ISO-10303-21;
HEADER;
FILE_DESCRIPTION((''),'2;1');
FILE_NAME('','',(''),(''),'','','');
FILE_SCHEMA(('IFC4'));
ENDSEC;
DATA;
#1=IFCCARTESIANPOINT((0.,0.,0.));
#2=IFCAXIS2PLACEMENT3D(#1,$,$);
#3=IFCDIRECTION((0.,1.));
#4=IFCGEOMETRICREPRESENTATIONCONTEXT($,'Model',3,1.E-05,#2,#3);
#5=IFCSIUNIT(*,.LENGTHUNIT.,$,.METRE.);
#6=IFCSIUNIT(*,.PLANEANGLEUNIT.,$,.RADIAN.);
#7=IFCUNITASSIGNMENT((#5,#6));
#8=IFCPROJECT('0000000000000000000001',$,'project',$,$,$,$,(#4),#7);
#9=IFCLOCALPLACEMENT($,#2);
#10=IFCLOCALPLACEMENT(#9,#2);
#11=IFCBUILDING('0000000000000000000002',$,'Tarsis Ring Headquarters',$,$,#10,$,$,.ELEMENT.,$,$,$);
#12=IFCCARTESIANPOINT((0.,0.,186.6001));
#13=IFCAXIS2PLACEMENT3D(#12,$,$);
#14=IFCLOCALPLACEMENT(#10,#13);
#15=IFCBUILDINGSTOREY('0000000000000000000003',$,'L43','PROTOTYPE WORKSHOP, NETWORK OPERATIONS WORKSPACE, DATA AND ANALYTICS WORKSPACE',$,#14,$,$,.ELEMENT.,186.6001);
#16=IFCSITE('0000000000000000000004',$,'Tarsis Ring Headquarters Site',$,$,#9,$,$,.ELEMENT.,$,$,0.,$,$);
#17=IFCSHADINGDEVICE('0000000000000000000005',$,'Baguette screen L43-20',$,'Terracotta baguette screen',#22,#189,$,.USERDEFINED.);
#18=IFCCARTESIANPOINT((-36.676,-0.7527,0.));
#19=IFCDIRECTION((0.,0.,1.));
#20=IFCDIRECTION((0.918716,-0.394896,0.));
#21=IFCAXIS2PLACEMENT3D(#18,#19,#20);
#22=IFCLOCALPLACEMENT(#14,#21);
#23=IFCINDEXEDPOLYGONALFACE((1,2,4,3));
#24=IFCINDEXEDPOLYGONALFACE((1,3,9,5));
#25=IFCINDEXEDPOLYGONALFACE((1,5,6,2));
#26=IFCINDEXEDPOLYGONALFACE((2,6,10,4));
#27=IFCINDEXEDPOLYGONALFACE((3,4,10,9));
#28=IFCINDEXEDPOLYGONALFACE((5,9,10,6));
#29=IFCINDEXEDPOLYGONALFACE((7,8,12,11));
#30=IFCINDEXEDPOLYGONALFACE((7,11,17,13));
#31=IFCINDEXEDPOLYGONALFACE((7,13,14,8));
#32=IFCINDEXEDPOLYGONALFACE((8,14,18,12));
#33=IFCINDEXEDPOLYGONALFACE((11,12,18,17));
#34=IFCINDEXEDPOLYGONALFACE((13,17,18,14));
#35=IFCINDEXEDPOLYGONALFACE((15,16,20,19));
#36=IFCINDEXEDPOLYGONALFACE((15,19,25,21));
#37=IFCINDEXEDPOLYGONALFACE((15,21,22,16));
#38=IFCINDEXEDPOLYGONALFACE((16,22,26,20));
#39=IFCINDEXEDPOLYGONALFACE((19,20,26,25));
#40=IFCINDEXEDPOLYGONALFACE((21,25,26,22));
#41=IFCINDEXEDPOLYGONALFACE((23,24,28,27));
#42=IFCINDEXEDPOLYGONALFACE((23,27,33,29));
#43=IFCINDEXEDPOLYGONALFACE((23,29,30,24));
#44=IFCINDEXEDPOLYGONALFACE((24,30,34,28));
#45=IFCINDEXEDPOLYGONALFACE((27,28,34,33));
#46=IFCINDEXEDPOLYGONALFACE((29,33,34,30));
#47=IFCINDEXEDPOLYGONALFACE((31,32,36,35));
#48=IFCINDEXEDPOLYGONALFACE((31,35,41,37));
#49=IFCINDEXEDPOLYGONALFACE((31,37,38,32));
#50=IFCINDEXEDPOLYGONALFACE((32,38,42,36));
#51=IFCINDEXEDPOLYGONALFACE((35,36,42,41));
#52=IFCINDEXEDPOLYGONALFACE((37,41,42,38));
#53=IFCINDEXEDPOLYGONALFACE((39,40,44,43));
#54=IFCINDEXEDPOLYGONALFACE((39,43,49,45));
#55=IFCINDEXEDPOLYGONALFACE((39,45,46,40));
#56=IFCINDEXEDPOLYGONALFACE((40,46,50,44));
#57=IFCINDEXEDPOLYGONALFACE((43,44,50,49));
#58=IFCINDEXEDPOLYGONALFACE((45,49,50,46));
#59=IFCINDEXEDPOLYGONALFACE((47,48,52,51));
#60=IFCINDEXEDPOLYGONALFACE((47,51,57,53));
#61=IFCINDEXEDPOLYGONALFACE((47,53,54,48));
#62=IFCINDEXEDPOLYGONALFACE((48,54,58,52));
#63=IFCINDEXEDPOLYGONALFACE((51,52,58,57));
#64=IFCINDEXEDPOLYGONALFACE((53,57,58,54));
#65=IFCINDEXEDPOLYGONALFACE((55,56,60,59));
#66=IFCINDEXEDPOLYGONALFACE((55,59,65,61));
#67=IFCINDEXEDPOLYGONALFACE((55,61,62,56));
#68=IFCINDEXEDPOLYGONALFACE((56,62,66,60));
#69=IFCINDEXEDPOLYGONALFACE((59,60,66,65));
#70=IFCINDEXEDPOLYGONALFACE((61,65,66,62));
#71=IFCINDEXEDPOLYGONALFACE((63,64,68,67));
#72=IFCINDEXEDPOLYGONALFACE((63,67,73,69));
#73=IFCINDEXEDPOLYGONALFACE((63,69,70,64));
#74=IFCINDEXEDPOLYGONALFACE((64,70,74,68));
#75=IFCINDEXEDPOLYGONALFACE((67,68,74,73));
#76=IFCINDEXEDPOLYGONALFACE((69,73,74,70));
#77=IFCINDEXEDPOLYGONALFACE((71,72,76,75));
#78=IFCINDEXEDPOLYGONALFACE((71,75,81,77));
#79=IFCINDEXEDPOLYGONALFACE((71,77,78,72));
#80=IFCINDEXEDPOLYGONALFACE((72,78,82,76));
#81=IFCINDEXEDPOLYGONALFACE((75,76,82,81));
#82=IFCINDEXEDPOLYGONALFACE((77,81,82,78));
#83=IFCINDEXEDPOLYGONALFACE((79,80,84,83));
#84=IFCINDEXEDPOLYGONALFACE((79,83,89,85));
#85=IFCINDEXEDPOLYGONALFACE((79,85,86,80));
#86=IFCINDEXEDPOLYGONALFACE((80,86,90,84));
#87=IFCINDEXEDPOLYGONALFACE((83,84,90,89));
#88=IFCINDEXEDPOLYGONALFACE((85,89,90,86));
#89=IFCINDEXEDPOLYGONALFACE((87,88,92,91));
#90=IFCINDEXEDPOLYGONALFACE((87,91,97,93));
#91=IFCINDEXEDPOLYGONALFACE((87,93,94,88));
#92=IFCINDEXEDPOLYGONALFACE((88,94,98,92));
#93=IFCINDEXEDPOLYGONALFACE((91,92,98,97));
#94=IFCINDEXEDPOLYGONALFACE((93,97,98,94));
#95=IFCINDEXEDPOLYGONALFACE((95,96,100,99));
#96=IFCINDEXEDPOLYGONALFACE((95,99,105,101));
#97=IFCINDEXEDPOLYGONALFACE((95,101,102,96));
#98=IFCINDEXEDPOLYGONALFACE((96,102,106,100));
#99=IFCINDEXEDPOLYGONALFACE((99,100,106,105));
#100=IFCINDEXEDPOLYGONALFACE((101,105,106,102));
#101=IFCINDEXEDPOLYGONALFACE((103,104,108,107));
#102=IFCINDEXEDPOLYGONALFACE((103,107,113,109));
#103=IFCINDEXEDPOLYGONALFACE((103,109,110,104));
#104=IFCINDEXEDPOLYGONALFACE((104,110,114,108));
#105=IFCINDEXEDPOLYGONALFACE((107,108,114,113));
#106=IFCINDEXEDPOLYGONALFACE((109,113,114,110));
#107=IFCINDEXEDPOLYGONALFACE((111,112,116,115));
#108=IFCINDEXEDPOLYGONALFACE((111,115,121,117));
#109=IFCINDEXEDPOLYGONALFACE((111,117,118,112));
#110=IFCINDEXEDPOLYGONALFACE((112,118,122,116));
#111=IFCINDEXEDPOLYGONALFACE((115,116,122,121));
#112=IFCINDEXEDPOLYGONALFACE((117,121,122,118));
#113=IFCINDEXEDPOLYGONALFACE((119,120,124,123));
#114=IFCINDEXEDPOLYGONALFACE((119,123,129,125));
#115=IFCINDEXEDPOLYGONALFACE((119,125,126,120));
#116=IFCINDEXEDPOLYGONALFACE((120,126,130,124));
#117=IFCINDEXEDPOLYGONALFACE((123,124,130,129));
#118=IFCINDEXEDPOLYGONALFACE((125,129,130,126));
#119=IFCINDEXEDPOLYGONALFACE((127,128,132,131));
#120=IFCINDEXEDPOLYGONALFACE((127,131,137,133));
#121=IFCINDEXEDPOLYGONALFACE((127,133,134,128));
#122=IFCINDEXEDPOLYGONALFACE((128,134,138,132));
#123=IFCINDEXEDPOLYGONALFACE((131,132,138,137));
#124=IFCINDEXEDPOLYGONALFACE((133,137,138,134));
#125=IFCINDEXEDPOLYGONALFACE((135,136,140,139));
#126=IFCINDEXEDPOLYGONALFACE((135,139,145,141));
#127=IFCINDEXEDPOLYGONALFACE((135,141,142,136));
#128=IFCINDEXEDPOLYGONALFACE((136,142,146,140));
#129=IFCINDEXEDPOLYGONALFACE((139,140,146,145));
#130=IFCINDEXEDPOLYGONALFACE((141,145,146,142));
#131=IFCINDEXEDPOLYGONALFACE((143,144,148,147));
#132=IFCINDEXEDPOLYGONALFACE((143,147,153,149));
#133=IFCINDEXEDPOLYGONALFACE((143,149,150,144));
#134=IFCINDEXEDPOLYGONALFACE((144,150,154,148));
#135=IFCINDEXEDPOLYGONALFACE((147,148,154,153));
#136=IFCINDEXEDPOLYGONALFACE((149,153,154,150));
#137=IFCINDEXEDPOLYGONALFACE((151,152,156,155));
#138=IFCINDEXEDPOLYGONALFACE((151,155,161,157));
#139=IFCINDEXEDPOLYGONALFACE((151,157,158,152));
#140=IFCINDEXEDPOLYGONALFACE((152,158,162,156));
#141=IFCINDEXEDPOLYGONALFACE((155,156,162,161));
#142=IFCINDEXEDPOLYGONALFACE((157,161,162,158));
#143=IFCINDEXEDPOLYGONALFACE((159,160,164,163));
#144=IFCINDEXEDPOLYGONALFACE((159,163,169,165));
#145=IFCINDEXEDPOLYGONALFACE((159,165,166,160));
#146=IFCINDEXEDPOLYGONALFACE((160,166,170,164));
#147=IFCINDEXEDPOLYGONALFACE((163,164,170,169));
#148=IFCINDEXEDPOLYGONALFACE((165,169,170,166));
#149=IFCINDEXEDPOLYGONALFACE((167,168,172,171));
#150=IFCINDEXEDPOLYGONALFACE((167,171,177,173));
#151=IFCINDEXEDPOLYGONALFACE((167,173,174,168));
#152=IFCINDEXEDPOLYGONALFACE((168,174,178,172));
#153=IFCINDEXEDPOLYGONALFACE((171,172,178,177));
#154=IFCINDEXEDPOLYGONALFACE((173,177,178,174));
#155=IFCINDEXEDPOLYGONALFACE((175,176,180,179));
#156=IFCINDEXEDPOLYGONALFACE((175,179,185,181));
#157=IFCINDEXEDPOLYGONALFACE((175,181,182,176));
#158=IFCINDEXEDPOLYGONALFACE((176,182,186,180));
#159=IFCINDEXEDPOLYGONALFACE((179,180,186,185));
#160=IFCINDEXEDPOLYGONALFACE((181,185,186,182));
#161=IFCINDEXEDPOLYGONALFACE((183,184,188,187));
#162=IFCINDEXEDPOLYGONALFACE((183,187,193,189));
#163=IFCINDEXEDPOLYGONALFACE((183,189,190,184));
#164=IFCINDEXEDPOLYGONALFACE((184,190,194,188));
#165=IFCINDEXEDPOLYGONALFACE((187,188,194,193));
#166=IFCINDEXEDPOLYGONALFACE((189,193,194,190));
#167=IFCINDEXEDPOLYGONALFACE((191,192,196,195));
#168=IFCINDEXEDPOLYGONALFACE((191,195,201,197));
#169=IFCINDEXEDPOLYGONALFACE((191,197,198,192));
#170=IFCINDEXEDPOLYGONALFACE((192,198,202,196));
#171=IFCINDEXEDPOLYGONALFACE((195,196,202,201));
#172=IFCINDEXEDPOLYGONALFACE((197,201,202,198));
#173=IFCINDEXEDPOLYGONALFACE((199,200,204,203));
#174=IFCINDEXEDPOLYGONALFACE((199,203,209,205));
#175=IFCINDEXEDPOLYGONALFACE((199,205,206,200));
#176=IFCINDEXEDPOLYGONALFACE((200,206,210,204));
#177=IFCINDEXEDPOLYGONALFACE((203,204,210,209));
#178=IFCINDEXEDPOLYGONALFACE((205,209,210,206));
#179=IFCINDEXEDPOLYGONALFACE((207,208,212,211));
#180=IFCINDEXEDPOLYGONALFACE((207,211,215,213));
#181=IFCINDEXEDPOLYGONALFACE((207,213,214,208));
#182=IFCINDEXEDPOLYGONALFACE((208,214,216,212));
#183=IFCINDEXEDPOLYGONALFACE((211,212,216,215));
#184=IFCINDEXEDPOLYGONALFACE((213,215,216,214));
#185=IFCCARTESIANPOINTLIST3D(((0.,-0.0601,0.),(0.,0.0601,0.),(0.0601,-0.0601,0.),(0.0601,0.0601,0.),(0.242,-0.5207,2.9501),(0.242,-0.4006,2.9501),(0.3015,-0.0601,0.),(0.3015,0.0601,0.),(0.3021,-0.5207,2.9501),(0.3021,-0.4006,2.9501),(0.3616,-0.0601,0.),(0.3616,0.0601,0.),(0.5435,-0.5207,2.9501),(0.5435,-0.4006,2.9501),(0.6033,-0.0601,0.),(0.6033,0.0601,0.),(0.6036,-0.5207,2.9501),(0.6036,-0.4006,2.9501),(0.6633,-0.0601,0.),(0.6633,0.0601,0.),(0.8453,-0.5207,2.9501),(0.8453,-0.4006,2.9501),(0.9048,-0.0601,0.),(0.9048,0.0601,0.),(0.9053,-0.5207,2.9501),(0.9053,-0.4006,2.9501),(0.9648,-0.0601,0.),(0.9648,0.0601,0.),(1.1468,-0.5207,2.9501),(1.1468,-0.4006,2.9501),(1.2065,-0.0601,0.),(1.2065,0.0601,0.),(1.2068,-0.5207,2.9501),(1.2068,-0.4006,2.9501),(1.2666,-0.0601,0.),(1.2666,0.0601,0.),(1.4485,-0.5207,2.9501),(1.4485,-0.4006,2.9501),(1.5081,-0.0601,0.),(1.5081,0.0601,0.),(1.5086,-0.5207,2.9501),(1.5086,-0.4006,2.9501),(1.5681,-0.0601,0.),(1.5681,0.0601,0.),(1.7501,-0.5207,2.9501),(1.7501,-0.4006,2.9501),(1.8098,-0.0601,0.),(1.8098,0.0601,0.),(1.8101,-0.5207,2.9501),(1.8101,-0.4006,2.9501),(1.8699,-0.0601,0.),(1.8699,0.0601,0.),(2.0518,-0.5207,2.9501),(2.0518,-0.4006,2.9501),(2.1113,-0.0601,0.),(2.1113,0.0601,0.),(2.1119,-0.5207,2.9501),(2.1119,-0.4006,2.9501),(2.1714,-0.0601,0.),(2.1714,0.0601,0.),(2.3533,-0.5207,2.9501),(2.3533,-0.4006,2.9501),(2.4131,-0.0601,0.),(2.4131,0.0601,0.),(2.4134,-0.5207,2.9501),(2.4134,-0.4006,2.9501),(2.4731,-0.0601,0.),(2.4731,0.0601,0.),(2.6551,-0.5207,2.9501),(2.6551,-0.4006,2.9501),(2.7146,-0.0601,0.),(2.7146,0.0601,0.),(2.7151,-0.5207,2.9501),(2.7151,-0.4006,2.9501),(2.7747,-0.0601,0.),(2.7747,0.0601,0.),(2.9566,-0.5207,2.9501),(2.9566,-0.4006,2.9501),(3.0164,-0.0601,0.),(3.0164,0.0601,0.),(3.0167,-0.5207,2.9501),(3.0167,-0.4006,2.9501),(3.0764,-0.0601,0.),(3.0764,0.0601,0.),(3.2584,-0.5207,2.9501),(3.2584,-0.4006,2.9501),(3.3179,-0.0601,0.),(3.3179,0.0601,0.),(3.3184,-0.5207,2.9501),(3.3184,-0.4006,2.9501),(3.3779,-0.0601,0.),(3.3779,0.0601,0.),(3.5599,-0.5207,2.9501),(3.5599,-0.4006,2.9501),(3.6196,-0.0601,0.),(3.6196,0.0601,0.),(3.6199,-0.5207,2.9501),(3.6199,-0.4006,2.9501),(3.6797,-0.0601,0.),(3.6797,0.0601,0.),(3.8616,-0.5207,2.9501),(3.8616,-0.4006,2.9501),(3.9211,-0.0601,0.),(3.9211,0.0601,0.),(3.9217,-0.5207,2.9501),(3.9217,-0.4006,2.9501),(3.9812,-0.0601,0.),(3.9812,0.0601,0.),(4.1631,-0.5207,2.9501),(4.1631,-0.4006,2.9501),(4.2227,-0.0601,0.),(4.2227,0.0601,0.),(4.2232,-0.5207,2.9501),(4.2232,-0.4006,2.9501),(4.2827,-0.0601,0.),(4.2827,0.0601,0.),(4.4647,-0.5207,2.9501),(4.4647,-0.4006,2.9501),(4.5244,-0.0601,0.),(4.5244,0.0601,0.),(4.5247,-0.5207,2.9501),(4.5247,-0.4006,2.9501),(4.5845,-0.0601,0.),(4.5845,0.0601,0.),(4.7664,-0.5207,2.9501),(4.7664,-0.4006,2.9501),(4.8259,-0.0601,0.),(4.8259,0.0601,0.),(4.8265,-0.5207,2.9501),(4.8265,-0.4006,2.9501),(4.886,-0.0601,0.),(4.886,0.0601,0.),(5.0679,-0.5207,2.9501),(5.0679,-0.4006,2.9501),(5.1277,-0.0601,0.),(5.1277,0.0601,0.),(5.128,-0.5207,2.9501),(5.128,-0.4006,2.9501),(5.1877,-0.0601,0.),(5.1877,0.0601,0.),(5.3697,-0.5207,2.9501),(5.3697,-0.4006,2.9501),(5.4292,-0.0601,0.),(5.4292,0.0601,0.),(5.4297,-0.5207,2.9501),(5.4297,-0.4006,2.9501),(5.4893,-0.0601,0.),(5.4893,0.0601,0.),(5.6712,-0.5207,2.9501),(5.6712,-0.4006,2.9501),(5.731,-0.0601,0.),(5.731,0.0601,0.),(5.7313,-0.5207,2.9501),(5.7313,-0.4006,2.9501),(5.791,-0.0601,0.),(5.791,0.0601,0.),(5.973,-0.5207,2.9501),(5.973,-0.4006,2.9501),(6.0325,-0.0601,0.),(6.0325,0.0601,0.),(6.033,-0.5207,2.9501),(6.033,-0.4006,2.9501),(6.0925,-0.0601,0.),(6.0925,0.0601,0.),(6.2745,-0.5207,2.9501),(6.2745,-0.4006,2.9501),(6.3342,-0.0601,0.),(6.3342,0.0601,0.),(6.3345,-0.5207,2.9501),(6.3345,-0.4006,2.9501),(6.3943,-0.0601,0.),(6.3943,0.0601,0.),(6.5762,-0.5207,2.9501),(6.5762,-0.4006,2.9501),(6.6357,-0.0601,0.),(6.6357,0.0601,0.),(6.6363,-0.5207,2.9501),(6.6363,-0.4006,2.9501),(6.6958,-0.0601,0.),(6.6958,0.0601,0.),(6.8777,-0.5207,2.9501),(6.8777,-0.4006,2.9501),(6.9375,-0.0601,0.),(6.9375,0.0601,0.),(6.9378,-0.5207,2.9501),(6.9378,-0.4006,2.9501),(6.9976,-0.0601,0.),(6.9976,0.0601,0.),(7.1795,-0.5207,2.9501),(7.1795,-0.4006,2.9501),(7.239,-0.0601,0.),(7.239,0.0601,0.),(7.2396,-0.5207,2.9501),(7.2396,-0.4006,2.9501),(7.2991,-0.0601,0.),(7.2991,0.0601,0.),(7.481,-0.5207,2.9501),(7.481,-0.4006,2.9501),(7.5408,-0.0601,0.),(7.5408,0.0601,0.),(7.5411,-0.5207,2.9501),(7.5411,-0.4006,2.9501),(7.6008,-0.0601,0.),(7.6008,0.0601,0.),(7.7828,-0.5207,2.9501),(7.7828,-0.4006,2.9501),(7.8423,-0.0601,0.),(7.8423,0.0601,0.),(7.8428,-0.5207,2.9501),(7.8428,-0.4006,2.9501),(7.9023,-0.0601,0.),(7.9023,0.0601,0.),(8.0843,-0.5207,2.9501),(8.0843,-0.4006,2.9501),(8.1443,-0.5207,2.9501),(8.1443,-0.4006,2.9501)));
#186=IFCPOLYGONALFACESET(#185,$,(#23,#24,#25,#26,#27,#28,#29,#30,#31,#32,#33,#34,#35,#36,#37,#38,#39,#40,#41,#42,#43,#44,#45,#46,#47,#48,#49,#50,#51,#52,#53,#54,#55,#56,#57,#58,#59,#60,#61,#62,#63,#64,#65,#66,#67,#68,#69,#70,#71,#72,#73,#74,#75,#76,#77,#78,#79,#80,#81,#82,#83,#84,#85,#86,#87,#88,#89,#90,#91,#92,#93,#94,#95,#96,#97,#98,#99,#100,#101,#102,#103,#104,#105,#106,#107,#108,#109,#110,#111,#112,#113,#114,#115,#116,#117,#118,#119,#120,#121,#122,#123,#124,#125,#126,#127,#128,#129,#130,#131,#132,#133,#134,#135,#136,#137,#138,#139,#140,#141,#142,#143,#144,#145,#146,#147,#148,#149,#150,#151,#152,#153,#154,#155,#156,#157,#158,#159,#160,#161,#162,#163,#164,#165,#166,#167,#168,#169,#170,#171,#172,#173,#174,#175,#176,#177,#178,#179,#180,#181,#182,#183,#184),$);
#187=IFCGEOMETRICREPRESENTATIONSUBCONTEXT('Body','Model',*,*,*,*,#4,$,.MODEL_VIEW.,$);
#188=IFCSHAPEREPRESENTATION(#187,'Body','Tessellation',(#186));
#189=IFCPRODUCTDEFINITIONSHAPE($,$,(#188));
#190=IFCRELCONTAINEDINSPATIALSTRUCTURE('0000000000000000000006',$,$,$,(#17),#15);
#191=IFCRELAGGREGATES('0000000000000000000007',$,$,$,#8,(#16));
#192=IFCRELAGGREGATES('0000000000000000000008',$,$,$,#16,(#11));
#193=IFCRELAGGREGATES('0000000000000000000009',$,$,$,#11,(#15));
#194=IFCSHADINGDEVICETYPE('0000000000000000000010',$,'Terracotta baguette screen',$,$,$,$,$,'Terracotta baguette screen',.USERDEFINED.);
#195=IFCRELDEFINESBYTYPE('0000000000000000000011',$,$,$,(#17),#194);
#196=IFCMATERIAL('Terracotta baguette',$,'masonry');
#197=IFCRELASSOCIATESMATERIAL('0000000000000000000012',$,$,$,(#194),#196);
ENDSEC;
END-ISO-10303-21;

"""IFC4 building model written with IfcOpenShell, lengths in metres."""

from ifc_helpers import new_model, si_unit, direction, frame, frame_2d, origin, place, context, subcontext, project, spatial, rectangle, composite_profile, extrude, material, type_object, element, save


model = new_model("IFC4")

# Units and contexts
model_context = context("Model", 3, precision=1e-05, world=origin(), true_north=direction((0.0, 1.0)))
body_context = subcontext(model_context, "Body", "Model", "MODEL_VIEW")
ifc_project = project(units=[si_unit("LENGTHUNIT", "METRE"), si_unit("PLANEANGLEUNIT", "RADIAN")], contexts=[model_context])

# Site, building, storey
site_placement = place(None, origin())
site = spatial("IfcSite", under=ifc_project, at=site_placement, Name="Tarsis Ring Headquarters Site", CompositionType="ELEMENT", RefElevation=0.0)
building_placement = place(site_placement, origin())
building = spatial("IfcBuilding", under=site, at=building_placement, Name="Tarsis Ring Headquarters", CompositionType="ELEMENT")
storey_placement = place(building_placement, frame((0.0, 0.0, 186.6001)))
storey = spatial("IfcBuildingStorey", under=building, at=storey_placement, Name="L43", Description="PROTOTYPE WORKSHOP, NETWORK OPERATIONS WORKSPACE, DATA AND ANALYTICS WORKSPACE", CompositionType="ELEMENT", Elevation=186.6001)

# Shading device
ifc_material_1 = material(Name="Terracotta baguette", Category="masonry")
shading_device_type_1 = type_object("IfcShadingDeviceType", Name="Terracotta baguette screen", ElementType="Terracotta baguette screen", PredefinedType="USERDEFINED", material=ifc_material_1)
shading_device_1_placement = place(storey_placement, frame((-36.676, -0.7527, 0.0), z_axis=(0.0, 0.0, 1.0), x_axis=(0.918716, -0.394896, 0.0)))
element("IfcShadingDevice", 1, at=shading_device_1_placement, inside=storey, type_object=shading_device_type_1, Name="Baguette screen L43-20", ObjectType="Terracotta baguette screen", PredefinedType="USERDEFINED", context=body_context, shape_type="SweptSolid", body=[
    extrude(composite_profile([rectangle(XDim=0.0601, YDim=0.1201, at=frame_2d((0.03, 0.0))), rectangle(XDim=0.0601, YDim=0.1201, at=frame_2d((0.3315, 0.0))), rectangle(XDim=0.0601, YDim=0.1201, at=frame_2d((0.6333, 0.0))), rectangle(XDim=0.0601, YDim=0.1201, at=frame_2d((0.9348, 0.0))), rectangle(XDim=0.0601, YDim=0.1201, at=frame_2d((1.2366, 0.0))), rectangle(XDim=0.0601, YDim=0.1201, at=frame_2d((1.5381, 0.0))), rectangle(XDim=0.0601, YDim=0.1201, at=frame_2d((1.8398, 0.0))), rectangle(XDim=0.0601, YDim=0.1201, at=frame_2d((2.1414, 0.0))), rectangle(XDim=0.0601, YDim=0.1201, at=frame_2d((2.4431, 0.0))), rectangle(XDim=0.0601, YDim=0.1201, at=frame_2d((2.7446, 0.0))), rectangle(XDim=0.0601, YDim=0.1201, at=frame_2d((3.0464, 0.0))), rectangle(XDim=0.0601, YDim=0.1201, at=frame_2d((3.3479, 0.0))), rectangle(XDim=0.0601, YDim=0.1201, at=frame_2d((3.6497, 0.0))), rectangle(XDim=0.0601, YDim=0.1201, at=frame_2d((3.9512, 0.0))), rectangle(XDim=0.0601, YDim=0.1201, at=frame_2d((4.2527, 0.0))), rectangle(XDim=0.0601, YDim=0.1201, at=frame_2d((4.5544, 0.0))), rectangle(XDim=0.0601, YDim=0.1201, at=frame_2d((4.856, 0.0))), rectangle(XDim=0.0601, YDim=0.1201, at=frame_2d((5.1577, 0.0))), rectangle(XDim=0.0601, YDim=0.1201, at=frame_2d((5.4592, 0.0))), rectangle(XDim=0.0601, YDim=0.1201, at=frame_2d((5.761, 0.0))), rectangle(XDim=0.0601, YDim=0.1201, at=frame_2d((6.0625, 0.0))), rectangle(XDim=0.0601, YDim=0.1201, at=frame_2d((6.3643, 0.0))), rectangle(XDim=0.0601, YDim=0.1201, at=frame_2d((6.6658, 0.0))), rectangle(XDim=0.0601, YDim=0.1201, at=frame_2d((6.9675, 0.0))), rectangle(XDim=0.0601, YDim=0.1201, at=frame_2d((7.269, 0.0))), rectangle(XDim=0.0601, YDim=0.1201, at=frame_2d((7.5708, 0.0))), rectangle(XDim=0.0601, YDim=0.1201, at=frame_2d((7.8723, 0.0)))]), origin(), (0.080784, -0.153782, 0.984797), 2.9956),
])

save(model, "model.ifc")
